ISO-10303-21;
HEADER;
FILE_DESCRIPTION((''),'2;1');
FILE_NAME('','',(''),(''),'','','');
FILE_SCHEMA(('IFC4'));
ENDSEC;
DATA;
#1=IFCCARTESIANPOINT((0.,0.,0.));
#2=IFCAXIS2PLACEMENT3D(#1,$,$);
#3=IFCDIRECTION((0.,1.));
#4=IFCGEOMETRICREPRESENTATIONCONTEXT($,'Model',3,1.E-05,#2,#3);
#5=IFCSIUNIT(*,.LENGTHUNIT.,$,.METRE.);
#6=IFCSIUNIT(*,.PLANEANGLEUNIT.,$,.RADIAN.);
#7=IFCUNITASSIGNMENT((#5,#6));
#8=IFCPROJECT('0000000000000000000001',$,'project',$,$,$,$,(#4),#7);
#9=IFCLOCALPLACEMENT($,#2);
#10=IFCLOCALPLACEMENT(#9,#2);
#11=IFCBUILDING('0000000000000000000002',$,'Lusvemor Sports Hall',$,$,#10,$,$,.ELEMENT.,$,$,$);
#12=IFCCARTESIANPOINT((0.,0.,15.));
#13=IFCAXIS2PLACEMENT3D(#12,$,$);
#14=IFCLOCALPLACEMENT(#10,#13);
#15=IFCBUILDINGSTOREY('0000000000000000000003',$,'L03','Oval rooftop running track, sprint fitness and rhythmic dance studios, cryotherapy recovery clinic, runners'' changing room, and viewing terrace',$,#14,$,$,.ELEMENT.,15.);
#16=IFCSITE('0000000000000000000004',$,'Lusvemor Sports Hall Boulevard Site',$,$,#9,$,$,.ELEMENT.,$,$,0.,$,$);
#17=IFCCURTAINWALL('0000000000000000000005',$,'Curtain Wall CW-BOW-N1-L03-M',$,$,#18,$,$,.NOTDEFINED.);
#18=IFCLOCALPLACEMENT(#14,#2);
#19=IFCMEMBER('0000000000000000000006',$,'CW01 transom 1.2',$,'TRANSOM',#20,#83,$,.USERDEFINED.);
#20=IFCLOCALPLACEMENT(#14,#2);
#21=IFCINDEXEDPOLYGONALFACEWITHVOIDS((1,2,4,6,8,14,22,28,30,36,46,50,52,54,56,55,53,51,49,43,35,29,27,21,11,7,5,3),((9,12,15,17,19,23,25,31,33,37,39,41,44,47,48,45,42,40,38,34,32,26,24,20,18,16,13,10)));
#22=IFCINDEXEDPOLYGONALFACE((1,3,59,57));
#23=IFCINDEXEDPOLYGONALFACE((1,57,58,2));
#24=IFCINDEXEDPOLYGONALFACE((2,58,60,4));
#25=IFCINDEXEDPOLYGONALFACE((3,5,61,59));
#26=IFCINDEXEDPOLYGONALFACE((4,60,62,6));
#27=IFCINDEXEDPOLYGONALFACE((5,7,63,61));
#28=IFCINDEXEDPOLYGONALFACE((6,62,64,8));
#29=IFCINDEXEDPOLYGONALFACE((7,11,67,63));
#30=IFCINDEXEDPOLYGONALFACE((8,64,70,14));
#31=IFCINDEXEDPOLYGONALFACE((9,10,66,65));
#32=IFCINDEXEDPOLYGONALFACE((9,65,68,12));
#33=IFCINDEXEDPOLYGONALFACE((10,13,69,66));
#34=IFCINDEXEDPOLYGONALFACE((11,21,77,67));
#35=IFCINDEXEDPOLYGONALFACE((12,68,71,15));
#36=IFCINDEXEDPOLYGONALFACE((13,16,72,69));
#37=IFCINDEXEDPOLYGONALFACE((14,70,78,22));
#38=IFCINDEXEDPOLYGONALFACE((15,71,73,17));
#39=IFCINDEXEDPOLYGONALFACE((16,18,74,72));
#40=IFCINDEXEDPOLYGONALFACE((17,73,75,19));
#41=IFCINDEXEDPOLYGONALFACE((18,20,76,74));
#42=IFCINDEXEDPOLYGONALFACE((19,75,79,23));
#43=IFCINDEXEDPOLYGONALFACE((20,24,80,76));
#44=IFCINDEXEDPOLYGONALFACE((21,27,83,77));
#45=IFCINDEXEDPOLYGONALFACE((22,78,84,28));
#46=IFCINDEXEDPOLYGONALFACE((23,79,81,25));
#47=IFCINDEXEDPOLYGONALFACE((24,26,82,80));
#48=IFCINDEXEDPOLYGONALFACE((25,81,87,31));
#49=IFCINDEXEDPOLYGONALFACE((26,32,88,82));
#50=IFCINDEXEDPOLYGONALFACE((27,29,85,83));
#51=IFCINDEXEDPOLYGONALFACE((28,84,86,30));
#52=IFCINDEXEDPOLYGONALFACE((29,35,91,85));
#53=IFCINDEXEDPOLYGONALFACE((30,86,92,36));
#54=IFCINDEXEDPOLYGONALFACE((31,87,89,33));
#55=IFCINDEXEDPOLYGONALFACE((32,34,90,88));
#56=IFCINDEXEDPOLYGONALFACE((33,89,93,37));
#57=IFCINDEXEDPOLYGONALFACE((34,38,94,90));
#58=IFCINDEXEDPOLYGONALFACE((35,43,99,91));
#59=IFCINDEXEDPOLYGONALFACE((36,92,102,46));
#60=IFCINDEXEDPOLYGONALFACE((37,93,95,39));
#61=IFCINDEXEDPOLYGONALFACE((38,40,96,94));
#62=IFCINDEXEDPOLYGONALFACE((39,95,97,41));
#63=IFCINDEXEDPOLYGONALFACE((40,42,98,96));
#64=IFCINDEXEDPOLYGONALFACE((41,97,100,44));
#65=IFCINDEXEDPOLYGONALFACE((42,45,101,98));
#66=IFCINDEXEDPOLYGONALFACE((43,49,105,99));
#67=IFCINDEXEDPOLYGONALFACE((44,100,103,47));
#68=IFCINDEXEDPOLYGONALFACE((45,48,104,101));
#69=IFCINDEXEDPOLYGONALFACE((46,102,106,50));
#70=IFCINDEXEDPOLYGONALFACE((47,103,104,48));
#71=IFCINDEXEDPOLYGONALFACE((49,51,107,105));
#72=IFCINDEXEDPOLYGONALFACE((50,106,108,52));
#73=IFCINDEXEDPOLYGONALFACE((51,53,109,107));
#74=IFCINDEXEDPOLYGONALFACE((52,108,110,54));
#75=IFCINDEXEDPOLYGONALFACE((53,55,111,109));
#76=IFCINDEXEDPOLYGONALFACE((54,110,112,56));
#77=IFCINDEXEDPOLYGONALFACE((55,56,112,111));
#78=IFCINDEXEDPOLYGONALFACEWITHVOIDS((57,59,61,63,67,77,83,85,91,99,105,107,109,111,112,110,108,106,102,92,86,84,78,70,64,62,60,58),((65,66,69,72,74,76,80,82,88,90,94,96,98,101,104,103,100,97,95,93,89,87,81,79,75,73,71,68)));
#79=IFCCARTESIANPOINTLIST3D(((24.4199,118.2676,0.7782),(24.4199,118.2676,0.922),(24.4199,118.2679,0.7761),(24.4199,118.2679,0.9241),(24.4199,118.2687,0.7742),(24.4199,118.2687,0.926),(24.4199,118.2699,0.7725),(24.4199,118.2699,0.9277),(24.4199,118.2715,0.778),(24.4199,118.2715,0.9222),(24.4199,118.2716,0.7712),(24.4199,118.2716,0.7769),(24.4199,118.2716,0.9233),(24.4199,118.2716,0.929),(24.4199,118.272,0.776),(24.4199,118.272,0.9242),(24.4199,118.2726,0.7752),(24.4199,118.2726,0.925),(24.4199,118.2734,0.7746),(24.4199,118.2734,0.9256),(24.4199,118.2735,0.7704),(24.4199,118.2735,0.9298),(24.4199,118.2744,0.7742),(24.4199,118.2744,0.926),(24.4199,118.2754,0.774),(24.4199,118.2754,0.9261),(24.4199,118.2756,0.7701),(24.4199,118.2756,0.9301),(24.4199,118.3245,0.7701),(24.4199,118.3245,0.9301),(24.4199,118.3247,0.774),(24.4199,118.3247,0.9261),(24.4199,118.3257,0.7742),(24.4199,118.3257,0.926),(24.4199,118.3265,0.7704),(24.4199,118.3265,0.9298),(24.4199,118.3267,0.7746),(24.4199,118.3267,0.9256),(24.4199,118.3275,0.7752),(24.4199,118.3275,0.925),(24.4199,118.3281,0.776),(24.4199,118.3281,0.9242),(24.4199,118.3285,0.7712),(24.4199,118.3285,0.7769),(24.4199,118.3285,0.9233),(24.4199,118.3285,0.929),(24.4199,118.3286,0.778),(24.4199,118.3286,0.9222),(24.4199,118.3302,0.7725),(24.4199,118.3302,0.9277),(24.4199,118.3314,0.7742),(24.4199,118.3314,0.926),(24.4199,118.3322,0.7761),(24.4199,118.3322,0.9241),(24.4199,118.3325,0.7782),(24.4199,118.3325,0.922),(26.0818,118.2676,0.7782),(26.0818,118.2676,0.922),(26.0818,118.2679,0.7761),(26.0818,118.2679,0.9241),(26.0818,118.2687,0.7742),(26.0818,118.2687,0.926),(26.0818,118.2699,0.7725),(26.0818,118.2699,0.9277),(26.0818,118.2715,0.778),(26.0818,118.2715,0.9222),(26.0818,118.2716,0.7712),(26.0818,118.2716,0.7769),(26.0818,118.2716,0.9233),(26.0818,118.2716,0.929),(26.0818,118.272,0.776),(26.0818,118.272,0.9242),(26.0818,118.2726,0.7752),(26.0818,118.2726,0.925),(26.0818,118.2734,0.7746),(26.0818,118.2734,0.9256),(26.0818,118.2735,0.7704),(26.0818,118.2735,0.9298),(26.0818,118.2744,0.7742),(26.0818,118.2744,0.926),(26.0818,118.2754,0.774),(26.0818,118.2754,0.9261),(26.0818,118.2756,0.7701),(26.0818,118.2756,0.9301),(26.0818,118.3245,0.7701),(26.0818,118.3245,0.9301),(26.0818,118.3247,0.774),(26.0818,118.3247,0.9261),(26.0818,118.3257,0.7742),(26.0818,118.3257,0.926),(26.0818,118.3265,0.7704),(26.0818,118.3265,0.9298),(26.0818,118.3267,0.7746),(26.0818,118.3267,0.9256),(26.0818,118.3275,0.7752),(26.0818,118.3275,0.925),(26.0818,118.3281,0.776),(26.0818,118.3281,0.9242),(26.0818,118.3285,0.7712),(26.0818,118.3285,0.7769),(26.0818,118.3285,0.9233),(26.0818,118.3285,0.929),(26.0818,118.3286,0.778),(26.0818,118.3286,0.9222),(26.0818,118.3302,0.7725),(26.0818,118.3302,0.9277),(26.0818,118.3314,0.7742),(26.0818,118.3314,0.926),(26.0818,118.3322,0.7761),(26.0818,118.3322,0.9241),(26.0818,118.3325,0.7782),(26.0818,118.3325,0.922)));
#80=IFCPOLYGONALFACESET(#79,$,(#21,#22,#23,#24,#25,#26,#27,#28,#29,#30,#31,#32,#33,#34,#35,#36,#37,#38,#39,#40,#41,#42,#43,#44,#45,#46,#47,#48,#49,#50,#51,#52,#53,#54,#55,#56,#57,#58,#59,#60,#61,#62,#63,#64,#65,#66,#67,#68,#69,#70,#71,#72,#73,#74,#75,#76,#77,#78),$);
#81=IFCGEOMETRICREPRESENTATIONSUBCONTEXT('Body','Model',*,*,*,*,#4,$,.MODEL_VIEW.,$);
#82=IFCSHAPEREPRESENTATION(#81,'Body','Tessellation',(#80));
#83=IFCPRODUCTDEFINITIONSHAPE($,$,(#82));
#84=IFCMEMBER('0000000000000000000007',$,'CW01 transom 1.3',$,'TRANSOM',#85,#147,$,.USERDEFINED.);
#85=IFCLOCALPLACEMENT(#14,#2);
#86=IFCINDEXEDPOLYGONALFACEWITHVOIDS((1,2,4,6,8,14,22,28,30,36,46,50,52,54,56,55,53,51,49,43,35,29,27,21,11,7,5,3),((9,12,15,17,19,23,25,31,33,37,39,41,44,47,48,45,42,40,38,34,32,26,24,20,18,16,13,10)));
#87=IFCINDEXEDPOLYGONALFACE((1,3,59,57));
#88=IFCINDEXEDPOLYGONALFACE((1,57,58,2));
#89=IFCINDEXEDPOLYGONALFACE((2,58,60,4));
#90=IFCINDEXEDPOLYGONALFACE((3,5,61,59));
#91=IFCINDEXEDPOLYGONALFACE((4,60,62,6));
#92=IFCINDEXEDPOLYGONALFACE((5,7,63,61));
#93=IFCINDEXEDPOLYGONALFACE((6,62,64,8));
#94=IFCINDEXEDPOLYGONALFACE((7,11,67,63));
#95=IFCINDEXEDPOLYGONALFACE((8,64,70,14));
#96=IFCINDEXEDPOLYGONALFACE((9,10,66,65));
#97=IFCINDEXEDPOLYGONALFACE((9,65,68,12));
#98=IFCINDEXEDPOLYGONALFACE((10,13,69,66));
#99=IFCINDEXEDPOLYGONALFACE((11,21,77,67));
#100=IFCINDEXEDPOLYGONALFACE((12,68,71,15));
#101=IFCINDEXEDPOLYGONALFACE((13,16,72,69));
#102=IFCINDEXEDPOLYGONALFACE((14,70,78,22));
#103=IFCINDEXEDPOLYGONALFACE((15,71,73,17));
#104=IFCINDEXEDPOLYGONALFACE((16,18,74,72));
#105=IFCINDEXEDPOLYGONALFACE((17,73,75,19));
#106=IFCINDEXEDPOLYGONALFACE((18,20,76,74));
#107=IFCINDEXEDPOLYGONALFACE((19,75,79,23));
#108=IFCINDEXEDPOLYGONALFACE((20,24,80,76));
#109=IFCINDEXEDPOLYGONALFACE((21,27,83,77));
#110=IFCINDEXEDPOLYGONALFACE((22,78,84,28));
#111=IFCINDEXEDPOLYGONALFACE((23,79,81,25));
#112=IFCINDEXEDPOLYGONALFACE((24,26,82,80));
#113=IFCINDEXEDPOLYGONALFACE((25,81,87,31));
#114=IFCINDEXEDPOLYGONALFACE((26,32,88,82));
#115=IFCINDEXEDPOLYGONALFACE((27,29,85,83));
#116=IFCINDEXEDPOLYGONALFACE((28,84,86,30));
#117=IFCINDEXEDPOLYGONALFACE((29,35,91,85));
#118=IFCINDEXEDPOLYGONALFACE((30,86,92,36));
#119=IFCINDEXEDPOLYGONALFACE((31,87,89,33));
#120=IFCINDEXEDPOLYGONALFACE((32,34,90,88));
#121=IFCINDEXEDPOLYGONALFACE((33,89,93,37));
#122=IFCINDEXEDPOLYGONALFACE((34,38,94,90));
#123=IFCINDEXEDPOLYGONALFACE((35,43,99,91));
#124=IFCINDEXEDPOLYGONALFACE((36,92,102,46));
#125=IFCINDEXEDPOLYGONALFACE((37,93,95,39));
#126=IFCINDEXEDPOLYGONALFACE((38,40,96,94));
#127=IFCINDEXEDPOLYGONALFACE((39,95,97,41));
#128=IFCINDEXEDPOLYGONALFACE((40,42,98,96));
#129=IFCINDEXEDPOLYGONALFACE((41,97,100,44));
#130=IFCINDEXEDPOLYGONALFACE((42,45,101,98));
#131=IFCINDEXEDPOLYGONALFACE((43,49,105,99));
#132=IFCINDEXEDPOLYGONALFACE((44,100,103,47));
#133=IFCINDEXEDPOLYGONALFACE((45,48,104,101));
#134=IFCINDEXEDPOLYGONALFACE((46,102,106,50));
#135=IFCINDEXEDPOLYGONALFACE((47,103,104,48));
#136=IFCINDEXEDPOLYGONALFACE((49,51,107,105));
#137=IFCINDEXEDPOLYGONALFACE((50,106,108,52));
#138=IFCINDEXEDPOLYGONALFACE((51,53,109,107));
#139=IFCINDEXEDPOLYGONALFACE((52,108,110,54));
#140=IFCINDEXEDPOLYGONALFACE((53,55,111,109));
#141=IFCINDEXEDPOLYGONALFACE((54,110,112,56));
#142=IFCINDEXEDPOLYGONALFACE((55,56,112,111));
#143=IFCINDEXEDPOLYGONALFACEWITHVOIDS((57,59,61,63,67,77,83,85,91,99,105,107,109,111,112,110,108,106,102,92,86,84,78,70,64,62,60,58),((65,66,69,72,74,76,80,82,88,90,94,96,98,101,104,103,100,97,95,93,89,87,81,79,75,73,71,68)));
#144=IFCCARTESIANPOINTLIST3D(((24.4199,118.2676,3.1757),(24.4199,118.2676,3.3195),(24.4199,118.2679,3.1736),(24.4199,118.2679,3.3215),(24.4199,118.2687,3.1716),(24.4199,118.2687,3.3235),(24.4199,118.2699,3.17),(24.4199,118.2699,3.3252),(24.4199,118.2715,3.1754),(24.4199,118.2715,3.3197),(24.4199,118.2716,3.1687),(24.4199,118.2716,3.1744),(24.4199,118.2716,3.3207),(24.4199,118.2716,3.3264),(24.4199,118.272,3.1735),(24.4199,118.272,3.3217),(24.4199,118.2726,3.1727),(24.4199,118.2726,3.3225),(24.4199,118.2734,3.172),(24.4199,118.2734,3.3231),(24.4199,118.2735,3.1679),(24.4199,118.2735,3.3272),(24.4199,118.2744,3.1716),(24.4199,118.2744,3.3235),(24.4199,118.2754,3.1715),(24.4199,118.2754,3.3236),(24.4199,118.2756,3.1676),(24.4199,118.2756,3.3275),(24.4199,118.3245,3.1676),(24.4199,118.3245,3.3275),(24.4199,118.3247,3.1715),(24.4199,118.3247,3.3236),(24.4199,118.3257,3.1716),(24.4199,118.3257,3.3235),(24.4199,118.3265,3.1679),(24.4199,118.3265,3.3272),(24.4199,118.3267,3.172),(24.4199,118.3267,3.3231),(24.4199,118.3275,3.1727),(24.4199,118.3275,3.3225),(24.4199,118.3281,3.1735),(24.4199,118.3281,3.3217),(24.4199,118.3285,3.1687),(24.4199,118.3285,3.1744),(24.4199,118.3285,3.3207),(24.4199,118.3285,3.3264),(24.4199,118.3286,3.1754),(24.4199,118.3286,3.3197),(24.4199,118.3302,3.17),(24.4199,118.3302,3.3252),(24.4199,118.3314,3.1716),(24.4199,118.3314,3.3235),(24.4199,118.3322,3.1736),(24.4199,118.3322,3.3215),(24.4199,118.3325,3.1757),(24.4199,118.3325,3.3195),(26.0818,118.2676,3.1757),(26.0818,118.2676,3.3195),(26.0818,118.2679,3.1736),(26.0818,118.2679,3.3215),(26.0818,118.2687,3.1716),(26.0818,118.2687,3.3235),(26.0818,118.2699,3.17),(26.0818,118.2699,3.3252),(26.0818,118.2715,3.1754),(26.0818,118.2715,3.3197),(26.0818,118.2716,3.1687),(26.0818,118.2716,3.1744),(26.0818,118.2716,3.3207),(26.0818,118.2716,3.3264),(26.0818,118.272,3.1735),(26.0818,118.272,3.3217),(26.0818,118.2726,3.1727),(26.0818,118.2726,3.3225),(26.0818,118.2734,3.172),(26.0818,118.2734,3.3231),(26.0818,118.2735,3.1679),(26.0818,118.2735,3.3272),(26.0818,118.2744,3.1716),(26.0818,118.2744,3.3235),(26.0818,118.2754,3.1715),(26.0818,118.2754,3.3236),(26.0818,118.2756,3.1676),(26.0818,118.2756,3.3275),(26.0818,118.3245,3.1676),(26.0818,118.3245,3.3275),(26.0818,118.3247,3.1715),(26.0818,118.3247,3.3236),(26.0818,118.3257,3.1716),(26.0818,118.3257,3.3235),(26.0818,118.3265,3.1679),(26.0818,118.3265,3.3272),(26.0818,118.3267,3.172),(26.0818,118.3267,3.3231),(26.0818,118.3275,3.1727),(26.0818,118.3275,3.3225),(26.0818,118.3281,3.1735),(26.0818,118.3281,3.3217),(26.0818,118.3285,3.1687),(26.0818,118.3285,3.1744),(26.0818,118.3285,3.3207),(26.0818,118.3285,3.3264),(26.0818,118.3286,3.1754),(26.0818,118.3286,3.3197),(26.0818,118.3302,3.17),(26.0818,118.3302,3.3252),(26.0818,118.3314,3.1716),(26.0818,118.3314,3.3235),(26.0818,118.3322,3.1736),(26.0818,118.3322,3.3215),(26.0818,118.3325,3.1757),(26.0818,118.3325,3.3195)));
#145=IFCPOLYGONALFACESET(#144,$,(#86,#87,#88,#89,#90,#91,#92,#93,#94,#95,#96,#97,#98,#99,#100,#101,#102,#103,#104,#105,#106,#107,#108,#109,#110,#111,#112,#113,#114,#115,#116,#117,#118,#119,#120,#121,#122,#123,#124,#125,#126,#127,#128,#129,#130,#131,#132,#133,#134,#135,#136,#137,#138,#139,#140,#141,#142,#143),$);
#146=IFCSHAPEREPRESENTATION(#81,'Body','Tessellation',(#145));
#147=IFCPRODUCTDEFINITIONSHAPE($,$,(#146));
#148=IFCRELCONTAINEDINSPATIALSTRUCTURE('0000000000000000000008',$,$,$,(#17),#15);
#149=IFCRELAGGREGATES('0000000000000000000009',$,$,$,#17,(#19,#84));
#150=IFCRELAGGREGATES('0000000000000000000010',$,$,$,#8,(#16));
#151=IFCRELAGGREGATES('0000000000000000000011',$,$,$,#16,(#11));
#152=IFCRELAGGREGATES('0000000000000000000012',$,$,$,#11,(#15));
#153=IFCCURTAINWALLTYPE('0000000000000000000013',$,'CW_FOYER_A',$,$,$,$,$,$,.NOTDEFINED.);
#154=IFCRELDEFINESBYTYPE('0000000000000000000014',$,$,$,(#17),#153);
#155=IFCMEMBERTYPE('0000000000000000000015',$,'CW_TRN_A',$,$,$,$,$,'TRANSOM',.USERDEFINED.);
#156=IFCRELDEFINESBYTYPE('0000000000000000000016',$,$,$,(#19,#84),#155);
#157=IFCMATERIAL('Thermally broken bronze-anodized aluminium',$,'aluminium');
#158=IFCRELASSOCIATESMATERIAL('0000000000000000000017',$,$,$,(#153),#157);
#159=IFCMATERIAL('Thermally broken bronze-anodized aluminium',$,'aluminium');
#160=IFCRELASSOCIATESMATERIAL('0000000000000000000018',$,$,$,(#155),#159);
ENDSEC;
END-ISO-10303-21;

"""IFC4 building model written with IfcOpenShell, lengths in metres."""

from ifc_helpers import new_model, si_unit, direction, frame, origin, origin_2d, place, context, subcontext, project, spatial, hollow_rectangle, extrude, material, material_profile, profile_set, type_object, element, aggregate, save


model = new_model("IFC4")

# Units and contexts
model_context = context("Model", 3, precision=1e-05, world=origin(), true_north=direction((0.0, 1.0)))
body_context = subcontext(model_context, "Body", "Model", "MODEL_VIEW")
ifc_project = project(units=[si_unit("LENGTHUNIT", "METRE"), si_unit("PLANEANGLEUNIT", "RADIAN")], contexts=[model_context])

# Site, building, storey
site_placement = place(None, origin())
site = spatial("IfcSite", under=ifc_project, at=site_placement, Name="Lusvemor Sports Hall Boulevard Site", CompositionType="ELEMENT", RefElevation=0.0)
building_placement = place(site_placement, origin())
building = spatial("IfcBuilding", under=site, at=building_placement, Name="Lusvemor Sports Hall", CompositionType="ELEMENT")
storey_placement = place(building_placement, frame((0.0, 0.0, 15.0)))
storey = spatial("IfcBuildingStorey", under=building, at=storey_placement, Name="L03", Description="Oval rooftop running track, sprint fitness and rhythmic dance studios, cryotherapy recovery clinic, runners' changing room, and viewing terrace", CompositionType="ELEMENT", Elevation=15.0)

# Curtain wall, members
ifc_material_1 = material(Name="Thermally broken bronze-anodized aluminium", Category="aluminium")
curtain_wall_type = type_object("IfcCurtainWallType", Name="CW_FOYER_A", PredefinedType="NOTDEFINED", material=ifc_material_1)
curtain_wall_placement = place(storey_placement, origin())
curtain_wall = element("IfcCurtainWall", 1, at=curtain_wall_placement, inside=storey, type_object=curtain_wall_type, Name="Curtain Wall CW-BOW-N1-L03-M", PredefinedType="NOTDEFINED")
ifc_material_2 = material(Name="Thermally broken bronze-anodized aluminium", Category="aluminium")
ifc_material_profile_1 = material_profile(ifc_material_2, hollow_rectangle(XDim=0.0649, YDim=0.1599, WallThickness=0.0039, InnerFilletRadius=0.0039, OuterFilletRadius=0.0081, at=origin_2d()), Name="CWTRN160x65x4")
ifc_profile_set_1 = profile_set([ifc_material_profile_1], Name="Thermally broken bronze-anodized aluminium")
member_type_1 = type_object("IfcMemberType", Name="CW_TRN_A", ElementType="TRANSOM", PredefinedType="USERDEFINED", material=ifc_profile_set_1)
member_1_placement = place(storey_placement, frame((24.4199, 118.3, 0.8501), z_axis=(1.0, 0.0, 0.0), x_axis=(0.0, 1.0, 0.0)))
member_1 = element("IfcMember", 2, at=member_1_placement, type_object=member_type_1, Name="CW01 transom 1.2", ObjectType="TRANSOM", PredefinedType="USERDEFINED", context=body_context, shape_type="SweptSolid", body=[
    extrude(hollow_rectangle(XDim=0.0649, YDim=0.1599, WallThickness=0.0039, InnerFilletRadius=0.0039, OuterFilletRadius=0.0081, at=origin_2d()), origin(), (0.0, 0.0, 1.0), 1.6619),
])
member_2_placement = place(storey_placement, frame((24.4199, 118.3, 3.2476), z_axis=(1.0, 0.0, 0.0), x_axis=(0.0, 1.0, 0.0)))
member_2 = element("IfcMember", 3, at=member_2_placement, type_object=member_type_1, Name="CW01 transom 1.3", ObjectType="TRANSOM", PredefinedType="USERDEFINED", context=body_context, shape_type="SweptSolid", body=[
    extrude(hollow_rectangle(XDim=0.0649, YDim=0.1599, WallThickness=0.0039, InnerFilletRadius=0.0039, OuterFilletRadius=0.0081, at=origin_2d()), origin(), (0.0, 0.0, 1.0), 1.6619),
])

aggregate(curtain_wall, [member_1, member_2])

save(model, "model.ifc")
